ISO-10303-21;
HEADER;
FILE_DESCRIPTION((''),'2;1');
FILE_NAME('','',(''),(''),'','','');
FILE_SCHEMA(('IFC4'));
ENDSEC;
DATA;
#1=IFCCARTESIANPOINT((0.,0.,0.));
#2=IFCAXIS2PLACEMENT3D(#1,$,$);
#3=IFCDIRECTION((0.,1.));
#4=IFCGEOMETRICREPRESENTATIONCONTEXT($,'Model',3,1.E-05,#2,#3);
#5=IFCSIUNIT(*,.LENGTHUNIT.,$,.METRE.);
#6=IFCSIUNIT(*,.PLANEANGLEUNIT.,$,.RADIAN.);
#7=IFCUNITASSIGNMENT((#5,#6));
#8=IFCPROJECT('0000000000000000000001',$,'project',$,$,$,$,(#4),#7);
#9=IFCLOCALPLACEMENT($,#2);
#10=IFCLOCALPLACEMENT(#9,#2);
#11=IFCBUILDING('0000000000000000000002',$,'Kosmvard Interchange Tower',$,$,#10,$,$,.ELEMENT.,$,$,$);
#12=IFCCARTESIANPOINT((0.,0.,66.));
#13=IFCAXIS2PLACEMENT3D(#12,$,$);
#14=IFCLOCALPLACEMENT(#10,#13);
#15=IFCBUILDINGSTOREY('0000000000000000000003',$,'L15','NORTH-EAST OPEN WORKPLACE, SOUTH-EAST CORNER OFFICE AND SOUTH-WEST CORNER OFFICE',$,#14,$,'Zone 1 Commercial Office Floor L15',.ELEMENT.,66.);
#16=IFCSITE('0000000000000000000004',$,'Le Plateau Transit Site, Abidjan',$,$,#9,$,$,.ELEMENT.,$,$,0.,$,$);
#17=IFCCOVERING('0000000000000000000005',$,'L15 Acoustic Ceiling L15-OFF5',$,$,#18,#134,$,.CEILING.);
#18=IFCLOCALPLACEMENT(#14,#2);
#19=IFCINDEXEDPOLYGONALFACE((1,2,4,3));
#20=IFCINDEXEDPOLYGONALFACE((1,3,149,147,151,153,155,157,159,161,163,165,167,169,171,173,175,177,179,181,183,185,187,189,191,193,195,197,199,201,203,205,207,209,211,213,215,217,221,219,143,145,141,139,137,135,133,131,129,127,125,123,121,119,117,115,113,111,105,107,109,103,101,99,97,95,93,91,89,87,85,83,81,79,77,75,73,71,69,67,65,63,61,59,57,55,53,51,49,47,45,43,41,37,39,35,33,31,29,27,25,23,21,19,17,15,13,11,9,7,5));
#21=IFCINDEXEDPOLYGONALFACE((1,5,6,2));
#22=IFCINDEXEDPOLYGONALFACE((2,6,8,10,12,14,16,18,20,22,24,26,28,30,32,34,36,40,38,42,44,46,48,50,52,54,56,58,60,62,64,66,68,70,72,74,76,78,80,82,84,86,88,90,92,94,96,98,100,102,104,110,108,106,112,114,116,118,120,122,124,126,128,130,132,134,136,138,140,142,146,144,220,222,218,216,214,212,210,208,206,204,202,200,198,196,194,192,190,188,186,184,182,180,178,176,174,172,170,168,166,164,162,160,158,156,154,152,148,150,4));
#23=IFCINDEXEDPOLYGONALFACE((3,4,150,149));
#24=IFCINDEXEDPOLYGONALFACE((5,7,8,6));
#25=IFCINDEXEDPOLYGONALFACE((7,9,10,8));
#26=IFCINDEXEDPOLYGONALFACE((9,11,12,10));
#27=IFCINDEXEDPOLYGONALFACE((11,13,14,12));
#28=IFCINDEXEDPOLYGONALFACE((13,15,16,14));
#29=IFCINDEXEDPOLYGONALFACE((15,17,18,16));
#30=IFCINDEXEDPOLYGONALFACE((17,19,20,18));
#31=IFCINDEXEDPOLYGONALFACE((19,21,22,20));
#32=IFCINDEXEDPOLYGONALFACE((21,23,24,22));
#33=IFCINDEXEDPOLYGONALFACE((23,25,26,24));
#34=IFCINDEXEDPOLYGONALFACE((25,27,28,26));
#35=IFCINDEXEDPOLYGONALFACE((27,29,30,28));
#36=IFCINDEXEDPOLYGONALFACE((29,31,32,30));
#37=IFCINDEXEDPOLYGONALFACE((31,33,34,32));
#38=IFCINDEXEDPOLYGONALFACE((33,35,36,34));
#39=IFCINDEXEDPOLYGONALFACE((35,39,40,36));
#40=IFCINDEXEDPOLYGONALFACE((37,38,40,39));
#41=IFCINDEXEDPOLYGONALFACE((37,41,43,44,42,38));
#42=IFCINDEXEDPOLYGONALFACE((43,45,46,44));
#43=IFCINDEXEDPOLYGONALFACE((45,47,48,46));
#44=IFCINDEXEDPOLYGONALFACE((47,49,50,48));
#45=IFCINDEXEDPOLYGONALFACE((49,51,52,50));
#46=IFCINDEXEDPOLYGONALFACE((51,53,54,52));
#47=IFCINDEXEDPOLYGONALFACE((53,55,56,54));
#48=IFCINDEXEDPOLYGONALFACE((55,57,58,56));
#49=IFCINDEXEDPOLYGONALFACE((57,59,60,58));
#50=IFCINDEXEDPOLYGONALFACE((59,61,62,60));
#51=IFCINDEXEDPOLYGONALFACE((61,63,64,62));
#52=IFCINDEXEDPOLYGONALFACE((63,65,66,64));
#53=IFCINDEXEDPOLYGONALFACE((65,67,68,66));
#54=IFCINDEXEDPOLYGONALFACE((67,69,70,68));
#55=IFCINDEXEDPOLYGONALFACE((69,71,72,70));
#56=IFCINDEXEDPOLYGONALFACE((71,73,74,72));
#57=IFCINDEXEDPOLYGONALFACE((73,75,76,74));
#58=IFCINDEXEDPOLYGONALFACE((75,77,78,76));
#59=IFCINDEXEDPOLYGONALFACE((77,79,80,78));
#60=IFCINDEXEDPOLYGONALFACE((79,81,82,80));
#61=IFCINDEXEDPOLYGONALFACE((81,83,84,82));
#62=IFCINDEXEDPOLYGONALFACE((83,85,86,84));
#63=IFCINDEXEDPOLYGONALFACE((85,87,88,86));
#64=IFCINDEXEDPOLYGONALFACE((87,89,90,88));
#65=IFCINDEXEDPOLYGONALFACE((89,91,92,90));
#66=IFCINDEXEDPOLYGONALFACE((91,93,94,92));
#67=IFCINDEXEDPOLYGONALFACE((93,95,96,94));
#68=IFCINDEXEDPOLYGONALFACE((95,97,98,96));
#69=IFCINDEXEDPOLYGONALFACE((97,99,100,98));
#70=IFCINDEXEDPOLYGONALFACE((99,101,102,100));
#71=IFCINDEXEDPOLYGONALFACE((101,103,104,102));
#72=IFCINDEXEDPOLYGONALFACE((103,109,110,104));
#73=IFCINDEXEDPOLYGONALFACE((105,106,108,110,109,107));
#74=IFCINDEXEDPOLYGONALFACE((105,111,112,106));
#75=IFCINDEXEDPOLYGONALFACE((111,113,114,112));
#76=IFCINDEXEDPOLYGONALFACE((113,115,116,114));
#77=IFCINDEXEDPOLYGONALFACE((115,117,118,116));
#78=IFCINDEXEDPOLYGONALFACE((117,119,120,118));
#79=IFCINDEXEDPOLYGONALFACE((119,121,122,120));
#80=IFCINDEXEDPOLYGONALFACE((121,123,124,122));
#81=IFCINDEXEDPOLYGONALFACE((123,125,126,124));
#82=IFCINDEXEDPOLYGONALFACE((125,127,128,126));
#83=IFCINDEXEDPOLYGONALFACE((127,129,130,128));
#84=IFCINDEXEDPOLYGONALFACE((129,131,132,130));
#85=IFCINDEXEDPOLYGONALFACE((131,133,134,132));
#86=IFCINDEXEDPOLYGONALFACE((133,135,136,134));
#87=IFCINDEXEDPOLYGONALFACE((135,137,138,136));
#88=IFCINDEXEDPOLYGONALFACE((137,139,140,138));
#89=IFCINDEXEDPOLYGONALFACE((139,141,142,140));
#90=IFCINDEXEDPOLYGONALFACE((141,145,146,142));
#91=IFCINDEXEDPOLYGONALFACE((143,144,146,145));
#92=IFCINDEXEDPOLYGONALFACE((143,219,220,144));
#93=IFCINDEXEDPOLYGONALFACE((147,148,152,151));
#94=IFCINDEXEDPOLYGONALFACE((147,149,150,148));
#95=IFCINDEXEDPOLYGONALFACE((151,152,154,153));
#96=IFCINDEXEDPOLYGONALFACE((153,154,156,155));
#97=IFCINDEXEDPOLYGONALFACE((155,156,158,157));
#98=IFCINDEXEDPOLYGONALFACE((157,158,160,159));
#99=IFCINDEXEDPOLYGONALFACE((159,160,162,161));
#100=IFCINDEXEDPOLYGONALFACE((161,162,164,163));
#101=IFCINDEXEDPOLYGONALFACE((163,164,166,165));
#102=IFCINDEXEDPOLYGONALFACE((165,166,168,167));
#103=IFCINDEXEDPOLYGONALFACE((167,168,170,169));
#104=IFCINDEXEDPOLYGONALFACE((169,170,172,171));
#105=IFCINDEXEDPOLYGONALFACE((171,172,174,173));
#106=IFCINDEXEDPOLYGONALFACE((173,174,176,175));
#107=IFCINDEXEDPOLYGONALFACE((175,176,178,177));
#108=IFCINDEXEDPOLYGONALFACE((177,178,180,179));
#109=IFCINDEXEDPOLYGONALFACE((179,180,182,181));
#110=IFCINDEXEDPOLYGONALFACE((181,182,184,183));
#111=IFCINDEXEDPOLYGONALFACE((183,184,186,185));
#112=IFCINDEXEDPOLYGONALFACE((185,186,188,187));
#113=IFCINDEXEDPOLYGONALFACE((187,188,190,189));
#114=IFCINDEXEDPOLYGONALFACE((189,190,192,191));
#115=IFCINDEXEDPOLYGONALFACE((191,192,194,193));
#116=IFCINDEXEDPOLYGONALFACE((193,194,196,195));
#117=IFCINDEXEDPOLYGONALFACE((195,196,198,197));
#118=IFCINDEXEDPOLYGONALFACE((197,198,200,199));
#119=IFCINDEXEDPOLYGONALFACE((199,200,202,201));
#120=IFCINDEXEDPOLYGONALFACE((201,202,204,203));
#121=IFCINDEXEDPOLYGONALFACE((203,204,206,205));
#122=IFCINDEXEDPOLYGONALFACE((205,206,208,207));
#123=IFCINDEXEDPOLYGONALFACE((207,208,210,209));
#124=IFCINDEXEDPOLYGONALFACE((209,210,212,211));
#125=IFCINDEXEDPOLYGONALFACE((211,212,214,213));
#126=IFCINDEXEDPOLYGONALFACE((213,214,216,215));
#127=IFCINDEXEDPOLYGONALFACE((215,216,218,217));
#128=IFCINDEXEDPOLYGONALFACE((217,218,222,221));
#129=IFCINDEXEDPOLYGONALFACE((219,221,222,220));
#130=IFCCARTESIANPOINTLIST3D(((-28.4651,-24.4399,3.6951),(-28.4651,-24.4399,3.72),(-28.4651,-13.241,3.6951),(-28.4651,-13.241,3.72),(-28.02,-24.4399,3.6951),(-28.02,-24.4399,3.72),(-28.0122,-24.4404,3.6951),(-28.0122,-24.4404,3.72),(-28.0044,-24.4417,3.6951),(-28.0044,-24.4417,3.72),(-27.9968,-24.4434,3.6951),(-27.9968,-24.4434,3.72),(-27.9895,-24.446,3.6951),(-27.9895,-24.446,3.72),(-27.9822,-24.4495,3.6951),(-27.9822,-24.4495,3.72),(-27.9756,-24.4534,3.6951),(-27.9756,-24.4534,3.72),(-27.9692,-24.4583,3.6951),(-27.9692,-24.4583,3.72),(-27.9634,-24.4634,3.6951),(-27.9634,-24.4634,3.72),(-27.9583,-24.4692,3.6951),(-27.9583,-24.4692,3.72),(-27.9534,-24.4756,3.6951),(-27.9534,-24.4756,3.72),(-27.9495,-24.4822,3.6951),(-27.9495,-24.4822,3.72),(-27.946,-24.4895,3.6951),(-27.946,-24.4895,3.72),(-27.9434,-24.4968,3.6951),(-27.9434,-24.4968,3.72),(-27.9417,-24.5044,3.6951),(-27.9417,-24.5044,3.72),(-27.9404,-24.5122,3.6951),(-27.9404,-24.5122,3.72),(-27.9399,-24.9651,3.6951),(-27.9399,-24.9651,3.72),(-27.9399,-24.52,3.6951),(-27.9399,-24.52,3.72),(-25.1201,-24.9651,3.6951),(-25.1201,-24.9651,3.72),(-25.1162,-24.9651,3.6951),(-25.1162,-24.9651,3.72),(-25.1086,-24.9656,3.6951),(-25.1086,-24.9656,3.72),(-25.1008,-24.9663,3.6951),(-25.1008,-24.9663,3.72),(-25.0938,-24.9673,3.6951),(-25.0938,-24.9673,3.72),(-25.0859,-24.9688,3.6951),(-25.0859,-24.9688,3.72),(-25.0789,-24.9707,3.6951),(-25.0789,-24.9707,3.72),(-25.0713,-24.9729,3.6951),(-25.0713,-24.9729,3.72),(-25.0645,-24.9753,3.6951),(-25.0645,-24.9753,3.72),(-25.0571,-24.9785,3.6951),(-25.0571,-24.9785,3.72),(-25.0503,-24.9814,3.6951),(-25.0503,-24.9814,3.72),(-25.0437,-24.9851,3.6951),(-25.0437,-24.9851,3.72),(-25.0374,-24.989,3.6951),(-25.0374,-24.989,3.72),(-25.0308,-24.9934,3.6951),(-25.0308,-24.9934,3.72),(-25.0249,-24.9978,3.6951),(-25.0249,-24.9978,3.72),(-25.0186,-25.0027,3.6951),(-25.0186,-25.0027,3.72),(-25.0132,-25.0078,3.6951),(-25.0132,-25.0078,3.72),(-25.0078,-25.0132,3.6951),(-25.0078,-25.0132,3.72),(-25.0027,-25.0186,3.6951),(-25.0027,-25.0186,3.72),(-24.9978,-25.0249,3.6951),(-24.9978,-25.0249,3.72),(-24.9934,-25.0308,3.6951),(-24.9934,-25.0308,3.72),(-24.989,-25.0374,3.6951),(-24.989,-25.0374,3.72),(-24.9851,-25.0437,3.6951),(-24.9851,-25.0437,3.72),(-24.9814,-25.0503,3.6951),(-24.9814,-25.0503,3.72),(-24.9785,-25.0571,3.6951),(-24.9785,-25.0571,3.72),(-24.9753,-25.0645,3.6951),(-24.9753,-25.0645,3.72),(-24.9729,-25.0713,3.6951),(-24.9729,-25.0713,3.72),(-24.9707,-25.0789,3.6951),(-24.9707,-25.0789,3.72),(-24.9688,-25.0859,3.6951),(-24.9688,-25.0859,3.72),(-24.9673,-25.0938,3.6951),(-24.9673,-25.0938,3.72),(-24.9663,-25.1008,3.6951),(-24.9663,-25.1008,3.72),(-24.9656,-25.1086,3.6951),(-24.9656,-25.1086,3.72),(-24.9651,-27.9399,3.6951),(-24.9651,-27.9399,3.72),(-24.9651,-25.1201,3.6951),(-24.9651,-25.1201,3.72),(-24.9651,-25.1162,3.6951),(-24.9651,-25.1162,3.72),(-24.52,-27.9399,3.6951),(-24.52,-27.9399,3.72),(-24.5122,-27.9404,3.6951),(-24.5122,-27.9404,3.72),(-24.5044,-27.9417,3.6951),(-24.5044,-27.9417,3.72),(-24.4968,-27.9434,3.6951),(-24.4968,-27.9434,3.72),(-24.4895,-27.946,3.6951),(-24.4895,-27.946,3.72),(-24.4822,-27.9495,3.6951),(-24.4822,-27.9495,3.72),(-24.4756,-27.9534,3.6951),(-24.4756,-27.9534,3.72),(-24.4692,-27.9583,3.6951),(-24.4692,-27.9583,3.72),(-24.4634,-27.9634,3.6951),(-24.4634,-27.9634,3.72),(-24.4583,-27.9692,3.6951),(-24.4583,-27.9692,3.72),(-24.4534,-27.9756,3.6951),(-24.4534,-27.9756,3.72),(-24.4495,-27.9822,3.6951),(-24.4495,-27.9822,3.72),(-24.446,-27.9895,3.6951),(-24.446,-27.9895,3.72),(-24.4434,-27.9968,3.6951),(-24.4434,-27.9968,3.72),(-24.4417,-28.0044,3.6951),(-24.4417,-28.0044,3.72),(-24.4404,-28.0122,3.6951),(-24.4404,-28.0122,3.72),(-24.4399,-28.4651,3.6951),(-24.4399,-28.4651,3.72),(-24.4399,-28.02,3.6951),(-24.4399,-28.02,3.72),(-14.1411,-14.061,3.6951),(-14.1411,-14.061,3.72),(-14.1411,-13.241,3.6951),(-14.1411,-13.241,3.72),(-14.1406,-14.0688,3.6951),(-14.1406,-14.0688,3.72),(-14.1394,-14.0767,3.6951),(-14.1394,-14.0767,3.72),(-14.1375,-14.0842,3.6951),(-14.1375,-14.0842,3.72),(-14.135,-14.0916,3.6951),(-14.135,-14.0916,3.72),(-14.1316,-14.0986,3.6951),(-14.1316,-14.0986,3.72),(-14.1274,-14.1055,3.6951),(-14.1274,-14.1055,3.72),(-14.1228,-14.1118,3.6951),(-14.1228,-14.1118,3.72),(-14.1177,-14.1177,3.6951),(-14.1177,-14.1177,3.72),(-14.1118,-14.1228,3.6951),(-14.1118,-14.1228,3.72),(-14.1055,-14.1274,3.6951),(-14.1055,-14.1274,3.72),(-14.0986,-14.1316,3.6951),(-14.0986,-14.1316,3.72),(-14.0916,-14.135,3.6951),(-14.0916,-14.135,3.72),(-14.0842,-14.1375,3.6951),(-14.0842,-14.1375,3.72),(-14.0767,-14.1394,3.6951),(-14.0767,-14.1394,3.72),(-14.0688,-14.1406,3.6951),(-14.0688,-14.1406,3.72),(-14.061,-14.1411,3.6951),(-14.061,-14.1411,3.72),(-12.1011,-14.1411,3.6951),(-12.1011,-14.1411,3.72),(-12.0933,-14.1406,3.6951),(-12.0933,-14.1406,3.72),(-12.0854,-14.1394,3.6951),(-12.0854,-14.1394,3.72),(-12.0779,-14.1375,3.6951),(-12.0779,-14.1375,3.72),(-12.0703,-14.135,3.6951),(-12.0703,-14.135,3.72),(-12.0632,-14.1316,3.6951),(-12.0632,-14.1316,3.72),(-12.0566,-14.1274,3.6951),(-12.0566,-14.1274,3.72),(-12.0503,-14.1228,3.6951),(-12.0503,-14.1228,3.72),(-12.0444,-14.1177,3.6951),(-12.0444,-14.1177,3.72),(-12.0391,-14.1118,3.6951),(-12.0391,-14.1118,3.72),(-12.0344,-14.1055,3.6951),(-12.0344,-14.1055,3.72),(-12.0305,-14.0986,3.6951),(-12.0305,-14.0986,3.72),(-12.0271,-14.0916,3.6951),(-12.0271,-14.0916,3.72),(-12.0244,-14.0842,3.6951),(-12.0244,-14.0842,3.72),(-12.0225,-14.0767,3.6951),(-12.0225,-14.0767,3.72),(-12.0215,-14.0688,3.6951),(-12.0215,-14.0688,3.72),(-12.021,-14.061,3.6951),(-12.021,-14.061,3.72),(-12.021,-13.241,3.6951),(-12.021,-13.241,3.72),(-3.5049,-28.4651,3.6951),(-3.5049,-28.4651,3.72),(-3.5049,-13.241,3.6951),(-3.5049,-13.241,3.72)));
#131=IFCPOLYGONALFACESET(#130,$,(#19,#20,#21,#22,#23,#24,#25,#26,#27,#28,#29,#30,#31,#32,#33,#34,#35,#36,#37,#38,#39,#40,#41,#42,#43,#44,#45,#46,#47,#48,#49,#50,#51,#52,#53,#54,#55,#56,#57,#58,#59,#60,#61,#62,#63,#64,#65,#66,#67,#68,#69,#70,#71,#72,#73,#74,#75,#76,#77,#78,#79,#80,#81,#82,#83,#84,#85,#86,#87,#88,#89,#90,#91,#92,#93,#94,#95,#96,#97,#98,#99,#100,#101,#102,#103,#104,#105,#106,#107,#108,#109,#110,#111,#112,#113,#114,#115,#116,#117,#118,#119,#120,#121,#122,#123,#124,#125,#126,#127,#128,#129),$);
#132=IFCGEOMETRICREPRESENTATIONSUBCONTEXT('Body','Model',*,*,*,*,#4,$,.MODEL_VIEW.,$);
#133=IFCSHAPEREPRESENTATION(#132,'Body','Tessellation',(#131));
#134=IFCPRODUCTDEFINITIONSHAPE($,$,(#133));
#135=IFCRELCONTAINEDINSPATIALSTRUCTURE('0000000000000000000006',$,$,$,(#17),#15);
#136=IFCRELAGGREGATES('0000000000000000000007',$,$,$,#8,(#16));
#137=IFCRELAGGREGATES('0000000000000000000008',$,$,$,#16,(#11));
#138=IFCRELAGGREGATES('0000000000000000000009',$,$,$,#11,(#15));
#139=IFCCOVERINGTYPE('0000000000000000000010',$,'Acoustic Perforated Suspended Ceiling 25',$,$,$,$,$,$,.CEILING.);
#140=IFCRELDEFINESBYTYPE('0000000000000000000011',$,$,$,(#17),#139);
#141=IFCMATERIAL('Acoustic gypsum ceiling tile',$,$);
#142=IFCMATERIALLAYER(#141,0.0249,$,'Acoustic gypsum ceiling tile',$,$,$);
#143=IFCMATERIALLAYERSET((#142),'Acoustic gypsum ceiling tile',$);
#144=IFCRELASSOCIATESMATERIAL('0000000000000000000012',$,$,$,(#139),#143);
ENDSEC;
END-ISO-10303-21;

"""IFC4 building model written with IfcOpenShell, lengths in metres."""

from ifc_helpers import new_model, si_unit, direction, frame, origin, place, context, subcontext, project, spatial, polyline, outline, extrude, material, layer, layer_set, type_object, element, save


model = new_model("IFC4")

# Units and contexts
model_context = context("Model", 3, precision=1e-05, world=origin(), true_north=direction((0.0, 1.0)))
body_context = subcontext(model_context, "Body", "Model", "MODEL_VIEW")
ifc_project = project(units=[si_unit("LENGTHUNIT", "METRE"), si_unit("PLANEANGLEUNIT", "RADIAN")], contexts=[model_context])

# Site, building, storey
site_placement = place(None, origin())
site = spatial("IfcSite", under=ifc_project, at=site_placement, Name="Le Plateau Transit Site, Abidjan", CompositionType="ELEMENT", RefElevation=0.0)
building_placement = place(site_placement, origin())
building = spatial("IfcBuilding", under=site, at=building_placement, Name="Kosmvard Interchange Tower", CompositionType="ELEMENT")
storey_placement = place(building_placement, frame((0.0, 0.0, 66.0)))
storey = spatial("IfcBuildingStorey", under=building, at=storey_placement, Name="L15", Description="NORTH-EAST OPEN WORKPLACE, SOUTH-EAST CORNER OFFICE AND SOUTH-WEST CORNER OFFICE", LongName="Zone 1 Commercial Office Floor L15", CompositionType="ELEMENT", Elevation=66.0)

# Covering
ifc_material_1 = material(Name="Acoustic gypsum ceiling tile")
ifc_layer_1 = layer(ifc_material_1, 0.0249, Name="Acoustic gypsum ceiling tile")
ifc_layer_set_1 = layer_set([ifc_layer_1], Name="Acoustic gypsum ceiling tile")
covering_type_1 = type_object("IfcCoveringType", Name="Acoustic Perforated Suspended Ceiling 25", PredefinedType="CEILING", material=ifc_layer_set_1)
covering_1_placement = place(storey_placement, frame((0.0, 0.0, 3.6951)))
element("IfcCovering", 1, at=covering_1_placement, inside=storey, type_object=covering_type_1, Name="L15 Acoustic Ceiling L15-OFF5", PredefinedType="CEILING", context=body_context, shape_type="SweptSolid", body=[
    extrude(outline(polyline([(-24.9651, -27.9399), (-24.52, -27.9399), (-24.5122, -27.9404), (-24.5044, -27.9417), (-24.4968, -27.9434), (-24.4895, -27.946), (-24.4822, -27.9495), (-24.4756, -27.9534), (-24.4692, -27.9583), (-24.4634, -27.9634), (-24.4583, -27.9692), (-24.4534, -27.9756), (-24.4495, -27.9822), (-24.446, -27.9895), (-24.4434, -27.9968), (-24.4417, -28.0044), (-24.4404, -28.0122), (-24.4399, -28.02), (-24.4399, -28.4651), (-3.5049, -28.4651), (-3.5049, -13.241), (-12.021, -13.241), (-12.021, -14.061), (-12.0215, -14.0688), (-12.0225, -14.0767), (-12.0244, -14.0842), (-12.0271, -14.0916), (-12.0305, -14.0986), (-12.0344, -14.1055), (-12.0391, -14.1118), (-12.0444, -14.1177), (-12.0503, -14.1228), (-12.0566, -14.1274), (-12.0632, -14.1316), (-12.0703, -14.135), (-12.0779, -14.1375), (-12.0854, -14.1394), (-12.0933, -14.1406), (-12.1011, -14.1411), (-14.061, -14.1411), (-14.0688, -14.1406), (-14.0767, -14.1394), (-14.0842, -14.1375), (-14.0916, -14.135), (-14.0986, -14.1316), (-14.1055, -14.1274), (-14.1118, -14.1228), (-14.1177, -14.1177), (-14.1228, -14.1118), (-14.1274, -14.1055), (-14.1316, -14.0986), (-14.135, -14.0916), (-14.1375, -14.0842), (-14.1394, -14.0767), (-14.1406, -14.0688), (-14.1411, -14.061), (-14.1411, -13.241), (-28.4651, -13.241), (-28.4651, -24.4399), (-28.02, -24.4399), (-28.0122, -24.4404), (-28.0044, -24.4417), (-27.9968, -24.4434), (-27.9895, -24.446), (-27.9822, -24.4495), (-27.9756, -24.4534), (-27.9692, -24.4583), (-27.9634, -24.4634), (-27.9583, -24.4692), (-27.9534, -24.4756), (-27.9495, -24.4822), (-27.946, -24.4895), (-27.9434, -24.4968), (-27.9417, -24.5044), (-27.9404, -24.5122), (-27.9399, -24.52), (-27.9399, -24.9651), (-25.1201, -24.9651), (-25.1162, -24.9651), (-25.1086, -24.9656), (-25.1008, -24.9663), (-25.0938, -24.9673), (-25.0859, -24.9688), (-25.0789, -24.9707), (-25.0713, -24.9729), (-25.0645, -24.9753), (-25.0571, -24.9785), (-25.0503, -24.9814), (-25.0437, -24.9851), (-25.0374, -24.989), (-25.0308, -24.9934), (-25.0249, -24.9978), (-25.0186, -25.0027), (-25.0132, -25.0078), (-25.0078, -25.0132), (-25.0027, -25.0186), (-24.9978, -25.0249), (-24.9934, -25.0308), (-24.989, -25.0374), (-24.9851, -25.0437), (-24.9814, -25.0503), (-24.9785, -25.0571), (-24.9753, -25.0645), (-24.9729, -25.0713), (-24.9707, -25.0789), (-24.9688, -25.0859), (-24.9673, -25.0938), (-24.9663, -25.1008), (-24.9656, -25.1086), (-24.9651, -25.1162), (-24.9651, -25.1201), (-24.9651, -27.9399)])), origin(), (0.0, 0.0, 1.0), 0.0249),
])

save(model, "model.ifc")
